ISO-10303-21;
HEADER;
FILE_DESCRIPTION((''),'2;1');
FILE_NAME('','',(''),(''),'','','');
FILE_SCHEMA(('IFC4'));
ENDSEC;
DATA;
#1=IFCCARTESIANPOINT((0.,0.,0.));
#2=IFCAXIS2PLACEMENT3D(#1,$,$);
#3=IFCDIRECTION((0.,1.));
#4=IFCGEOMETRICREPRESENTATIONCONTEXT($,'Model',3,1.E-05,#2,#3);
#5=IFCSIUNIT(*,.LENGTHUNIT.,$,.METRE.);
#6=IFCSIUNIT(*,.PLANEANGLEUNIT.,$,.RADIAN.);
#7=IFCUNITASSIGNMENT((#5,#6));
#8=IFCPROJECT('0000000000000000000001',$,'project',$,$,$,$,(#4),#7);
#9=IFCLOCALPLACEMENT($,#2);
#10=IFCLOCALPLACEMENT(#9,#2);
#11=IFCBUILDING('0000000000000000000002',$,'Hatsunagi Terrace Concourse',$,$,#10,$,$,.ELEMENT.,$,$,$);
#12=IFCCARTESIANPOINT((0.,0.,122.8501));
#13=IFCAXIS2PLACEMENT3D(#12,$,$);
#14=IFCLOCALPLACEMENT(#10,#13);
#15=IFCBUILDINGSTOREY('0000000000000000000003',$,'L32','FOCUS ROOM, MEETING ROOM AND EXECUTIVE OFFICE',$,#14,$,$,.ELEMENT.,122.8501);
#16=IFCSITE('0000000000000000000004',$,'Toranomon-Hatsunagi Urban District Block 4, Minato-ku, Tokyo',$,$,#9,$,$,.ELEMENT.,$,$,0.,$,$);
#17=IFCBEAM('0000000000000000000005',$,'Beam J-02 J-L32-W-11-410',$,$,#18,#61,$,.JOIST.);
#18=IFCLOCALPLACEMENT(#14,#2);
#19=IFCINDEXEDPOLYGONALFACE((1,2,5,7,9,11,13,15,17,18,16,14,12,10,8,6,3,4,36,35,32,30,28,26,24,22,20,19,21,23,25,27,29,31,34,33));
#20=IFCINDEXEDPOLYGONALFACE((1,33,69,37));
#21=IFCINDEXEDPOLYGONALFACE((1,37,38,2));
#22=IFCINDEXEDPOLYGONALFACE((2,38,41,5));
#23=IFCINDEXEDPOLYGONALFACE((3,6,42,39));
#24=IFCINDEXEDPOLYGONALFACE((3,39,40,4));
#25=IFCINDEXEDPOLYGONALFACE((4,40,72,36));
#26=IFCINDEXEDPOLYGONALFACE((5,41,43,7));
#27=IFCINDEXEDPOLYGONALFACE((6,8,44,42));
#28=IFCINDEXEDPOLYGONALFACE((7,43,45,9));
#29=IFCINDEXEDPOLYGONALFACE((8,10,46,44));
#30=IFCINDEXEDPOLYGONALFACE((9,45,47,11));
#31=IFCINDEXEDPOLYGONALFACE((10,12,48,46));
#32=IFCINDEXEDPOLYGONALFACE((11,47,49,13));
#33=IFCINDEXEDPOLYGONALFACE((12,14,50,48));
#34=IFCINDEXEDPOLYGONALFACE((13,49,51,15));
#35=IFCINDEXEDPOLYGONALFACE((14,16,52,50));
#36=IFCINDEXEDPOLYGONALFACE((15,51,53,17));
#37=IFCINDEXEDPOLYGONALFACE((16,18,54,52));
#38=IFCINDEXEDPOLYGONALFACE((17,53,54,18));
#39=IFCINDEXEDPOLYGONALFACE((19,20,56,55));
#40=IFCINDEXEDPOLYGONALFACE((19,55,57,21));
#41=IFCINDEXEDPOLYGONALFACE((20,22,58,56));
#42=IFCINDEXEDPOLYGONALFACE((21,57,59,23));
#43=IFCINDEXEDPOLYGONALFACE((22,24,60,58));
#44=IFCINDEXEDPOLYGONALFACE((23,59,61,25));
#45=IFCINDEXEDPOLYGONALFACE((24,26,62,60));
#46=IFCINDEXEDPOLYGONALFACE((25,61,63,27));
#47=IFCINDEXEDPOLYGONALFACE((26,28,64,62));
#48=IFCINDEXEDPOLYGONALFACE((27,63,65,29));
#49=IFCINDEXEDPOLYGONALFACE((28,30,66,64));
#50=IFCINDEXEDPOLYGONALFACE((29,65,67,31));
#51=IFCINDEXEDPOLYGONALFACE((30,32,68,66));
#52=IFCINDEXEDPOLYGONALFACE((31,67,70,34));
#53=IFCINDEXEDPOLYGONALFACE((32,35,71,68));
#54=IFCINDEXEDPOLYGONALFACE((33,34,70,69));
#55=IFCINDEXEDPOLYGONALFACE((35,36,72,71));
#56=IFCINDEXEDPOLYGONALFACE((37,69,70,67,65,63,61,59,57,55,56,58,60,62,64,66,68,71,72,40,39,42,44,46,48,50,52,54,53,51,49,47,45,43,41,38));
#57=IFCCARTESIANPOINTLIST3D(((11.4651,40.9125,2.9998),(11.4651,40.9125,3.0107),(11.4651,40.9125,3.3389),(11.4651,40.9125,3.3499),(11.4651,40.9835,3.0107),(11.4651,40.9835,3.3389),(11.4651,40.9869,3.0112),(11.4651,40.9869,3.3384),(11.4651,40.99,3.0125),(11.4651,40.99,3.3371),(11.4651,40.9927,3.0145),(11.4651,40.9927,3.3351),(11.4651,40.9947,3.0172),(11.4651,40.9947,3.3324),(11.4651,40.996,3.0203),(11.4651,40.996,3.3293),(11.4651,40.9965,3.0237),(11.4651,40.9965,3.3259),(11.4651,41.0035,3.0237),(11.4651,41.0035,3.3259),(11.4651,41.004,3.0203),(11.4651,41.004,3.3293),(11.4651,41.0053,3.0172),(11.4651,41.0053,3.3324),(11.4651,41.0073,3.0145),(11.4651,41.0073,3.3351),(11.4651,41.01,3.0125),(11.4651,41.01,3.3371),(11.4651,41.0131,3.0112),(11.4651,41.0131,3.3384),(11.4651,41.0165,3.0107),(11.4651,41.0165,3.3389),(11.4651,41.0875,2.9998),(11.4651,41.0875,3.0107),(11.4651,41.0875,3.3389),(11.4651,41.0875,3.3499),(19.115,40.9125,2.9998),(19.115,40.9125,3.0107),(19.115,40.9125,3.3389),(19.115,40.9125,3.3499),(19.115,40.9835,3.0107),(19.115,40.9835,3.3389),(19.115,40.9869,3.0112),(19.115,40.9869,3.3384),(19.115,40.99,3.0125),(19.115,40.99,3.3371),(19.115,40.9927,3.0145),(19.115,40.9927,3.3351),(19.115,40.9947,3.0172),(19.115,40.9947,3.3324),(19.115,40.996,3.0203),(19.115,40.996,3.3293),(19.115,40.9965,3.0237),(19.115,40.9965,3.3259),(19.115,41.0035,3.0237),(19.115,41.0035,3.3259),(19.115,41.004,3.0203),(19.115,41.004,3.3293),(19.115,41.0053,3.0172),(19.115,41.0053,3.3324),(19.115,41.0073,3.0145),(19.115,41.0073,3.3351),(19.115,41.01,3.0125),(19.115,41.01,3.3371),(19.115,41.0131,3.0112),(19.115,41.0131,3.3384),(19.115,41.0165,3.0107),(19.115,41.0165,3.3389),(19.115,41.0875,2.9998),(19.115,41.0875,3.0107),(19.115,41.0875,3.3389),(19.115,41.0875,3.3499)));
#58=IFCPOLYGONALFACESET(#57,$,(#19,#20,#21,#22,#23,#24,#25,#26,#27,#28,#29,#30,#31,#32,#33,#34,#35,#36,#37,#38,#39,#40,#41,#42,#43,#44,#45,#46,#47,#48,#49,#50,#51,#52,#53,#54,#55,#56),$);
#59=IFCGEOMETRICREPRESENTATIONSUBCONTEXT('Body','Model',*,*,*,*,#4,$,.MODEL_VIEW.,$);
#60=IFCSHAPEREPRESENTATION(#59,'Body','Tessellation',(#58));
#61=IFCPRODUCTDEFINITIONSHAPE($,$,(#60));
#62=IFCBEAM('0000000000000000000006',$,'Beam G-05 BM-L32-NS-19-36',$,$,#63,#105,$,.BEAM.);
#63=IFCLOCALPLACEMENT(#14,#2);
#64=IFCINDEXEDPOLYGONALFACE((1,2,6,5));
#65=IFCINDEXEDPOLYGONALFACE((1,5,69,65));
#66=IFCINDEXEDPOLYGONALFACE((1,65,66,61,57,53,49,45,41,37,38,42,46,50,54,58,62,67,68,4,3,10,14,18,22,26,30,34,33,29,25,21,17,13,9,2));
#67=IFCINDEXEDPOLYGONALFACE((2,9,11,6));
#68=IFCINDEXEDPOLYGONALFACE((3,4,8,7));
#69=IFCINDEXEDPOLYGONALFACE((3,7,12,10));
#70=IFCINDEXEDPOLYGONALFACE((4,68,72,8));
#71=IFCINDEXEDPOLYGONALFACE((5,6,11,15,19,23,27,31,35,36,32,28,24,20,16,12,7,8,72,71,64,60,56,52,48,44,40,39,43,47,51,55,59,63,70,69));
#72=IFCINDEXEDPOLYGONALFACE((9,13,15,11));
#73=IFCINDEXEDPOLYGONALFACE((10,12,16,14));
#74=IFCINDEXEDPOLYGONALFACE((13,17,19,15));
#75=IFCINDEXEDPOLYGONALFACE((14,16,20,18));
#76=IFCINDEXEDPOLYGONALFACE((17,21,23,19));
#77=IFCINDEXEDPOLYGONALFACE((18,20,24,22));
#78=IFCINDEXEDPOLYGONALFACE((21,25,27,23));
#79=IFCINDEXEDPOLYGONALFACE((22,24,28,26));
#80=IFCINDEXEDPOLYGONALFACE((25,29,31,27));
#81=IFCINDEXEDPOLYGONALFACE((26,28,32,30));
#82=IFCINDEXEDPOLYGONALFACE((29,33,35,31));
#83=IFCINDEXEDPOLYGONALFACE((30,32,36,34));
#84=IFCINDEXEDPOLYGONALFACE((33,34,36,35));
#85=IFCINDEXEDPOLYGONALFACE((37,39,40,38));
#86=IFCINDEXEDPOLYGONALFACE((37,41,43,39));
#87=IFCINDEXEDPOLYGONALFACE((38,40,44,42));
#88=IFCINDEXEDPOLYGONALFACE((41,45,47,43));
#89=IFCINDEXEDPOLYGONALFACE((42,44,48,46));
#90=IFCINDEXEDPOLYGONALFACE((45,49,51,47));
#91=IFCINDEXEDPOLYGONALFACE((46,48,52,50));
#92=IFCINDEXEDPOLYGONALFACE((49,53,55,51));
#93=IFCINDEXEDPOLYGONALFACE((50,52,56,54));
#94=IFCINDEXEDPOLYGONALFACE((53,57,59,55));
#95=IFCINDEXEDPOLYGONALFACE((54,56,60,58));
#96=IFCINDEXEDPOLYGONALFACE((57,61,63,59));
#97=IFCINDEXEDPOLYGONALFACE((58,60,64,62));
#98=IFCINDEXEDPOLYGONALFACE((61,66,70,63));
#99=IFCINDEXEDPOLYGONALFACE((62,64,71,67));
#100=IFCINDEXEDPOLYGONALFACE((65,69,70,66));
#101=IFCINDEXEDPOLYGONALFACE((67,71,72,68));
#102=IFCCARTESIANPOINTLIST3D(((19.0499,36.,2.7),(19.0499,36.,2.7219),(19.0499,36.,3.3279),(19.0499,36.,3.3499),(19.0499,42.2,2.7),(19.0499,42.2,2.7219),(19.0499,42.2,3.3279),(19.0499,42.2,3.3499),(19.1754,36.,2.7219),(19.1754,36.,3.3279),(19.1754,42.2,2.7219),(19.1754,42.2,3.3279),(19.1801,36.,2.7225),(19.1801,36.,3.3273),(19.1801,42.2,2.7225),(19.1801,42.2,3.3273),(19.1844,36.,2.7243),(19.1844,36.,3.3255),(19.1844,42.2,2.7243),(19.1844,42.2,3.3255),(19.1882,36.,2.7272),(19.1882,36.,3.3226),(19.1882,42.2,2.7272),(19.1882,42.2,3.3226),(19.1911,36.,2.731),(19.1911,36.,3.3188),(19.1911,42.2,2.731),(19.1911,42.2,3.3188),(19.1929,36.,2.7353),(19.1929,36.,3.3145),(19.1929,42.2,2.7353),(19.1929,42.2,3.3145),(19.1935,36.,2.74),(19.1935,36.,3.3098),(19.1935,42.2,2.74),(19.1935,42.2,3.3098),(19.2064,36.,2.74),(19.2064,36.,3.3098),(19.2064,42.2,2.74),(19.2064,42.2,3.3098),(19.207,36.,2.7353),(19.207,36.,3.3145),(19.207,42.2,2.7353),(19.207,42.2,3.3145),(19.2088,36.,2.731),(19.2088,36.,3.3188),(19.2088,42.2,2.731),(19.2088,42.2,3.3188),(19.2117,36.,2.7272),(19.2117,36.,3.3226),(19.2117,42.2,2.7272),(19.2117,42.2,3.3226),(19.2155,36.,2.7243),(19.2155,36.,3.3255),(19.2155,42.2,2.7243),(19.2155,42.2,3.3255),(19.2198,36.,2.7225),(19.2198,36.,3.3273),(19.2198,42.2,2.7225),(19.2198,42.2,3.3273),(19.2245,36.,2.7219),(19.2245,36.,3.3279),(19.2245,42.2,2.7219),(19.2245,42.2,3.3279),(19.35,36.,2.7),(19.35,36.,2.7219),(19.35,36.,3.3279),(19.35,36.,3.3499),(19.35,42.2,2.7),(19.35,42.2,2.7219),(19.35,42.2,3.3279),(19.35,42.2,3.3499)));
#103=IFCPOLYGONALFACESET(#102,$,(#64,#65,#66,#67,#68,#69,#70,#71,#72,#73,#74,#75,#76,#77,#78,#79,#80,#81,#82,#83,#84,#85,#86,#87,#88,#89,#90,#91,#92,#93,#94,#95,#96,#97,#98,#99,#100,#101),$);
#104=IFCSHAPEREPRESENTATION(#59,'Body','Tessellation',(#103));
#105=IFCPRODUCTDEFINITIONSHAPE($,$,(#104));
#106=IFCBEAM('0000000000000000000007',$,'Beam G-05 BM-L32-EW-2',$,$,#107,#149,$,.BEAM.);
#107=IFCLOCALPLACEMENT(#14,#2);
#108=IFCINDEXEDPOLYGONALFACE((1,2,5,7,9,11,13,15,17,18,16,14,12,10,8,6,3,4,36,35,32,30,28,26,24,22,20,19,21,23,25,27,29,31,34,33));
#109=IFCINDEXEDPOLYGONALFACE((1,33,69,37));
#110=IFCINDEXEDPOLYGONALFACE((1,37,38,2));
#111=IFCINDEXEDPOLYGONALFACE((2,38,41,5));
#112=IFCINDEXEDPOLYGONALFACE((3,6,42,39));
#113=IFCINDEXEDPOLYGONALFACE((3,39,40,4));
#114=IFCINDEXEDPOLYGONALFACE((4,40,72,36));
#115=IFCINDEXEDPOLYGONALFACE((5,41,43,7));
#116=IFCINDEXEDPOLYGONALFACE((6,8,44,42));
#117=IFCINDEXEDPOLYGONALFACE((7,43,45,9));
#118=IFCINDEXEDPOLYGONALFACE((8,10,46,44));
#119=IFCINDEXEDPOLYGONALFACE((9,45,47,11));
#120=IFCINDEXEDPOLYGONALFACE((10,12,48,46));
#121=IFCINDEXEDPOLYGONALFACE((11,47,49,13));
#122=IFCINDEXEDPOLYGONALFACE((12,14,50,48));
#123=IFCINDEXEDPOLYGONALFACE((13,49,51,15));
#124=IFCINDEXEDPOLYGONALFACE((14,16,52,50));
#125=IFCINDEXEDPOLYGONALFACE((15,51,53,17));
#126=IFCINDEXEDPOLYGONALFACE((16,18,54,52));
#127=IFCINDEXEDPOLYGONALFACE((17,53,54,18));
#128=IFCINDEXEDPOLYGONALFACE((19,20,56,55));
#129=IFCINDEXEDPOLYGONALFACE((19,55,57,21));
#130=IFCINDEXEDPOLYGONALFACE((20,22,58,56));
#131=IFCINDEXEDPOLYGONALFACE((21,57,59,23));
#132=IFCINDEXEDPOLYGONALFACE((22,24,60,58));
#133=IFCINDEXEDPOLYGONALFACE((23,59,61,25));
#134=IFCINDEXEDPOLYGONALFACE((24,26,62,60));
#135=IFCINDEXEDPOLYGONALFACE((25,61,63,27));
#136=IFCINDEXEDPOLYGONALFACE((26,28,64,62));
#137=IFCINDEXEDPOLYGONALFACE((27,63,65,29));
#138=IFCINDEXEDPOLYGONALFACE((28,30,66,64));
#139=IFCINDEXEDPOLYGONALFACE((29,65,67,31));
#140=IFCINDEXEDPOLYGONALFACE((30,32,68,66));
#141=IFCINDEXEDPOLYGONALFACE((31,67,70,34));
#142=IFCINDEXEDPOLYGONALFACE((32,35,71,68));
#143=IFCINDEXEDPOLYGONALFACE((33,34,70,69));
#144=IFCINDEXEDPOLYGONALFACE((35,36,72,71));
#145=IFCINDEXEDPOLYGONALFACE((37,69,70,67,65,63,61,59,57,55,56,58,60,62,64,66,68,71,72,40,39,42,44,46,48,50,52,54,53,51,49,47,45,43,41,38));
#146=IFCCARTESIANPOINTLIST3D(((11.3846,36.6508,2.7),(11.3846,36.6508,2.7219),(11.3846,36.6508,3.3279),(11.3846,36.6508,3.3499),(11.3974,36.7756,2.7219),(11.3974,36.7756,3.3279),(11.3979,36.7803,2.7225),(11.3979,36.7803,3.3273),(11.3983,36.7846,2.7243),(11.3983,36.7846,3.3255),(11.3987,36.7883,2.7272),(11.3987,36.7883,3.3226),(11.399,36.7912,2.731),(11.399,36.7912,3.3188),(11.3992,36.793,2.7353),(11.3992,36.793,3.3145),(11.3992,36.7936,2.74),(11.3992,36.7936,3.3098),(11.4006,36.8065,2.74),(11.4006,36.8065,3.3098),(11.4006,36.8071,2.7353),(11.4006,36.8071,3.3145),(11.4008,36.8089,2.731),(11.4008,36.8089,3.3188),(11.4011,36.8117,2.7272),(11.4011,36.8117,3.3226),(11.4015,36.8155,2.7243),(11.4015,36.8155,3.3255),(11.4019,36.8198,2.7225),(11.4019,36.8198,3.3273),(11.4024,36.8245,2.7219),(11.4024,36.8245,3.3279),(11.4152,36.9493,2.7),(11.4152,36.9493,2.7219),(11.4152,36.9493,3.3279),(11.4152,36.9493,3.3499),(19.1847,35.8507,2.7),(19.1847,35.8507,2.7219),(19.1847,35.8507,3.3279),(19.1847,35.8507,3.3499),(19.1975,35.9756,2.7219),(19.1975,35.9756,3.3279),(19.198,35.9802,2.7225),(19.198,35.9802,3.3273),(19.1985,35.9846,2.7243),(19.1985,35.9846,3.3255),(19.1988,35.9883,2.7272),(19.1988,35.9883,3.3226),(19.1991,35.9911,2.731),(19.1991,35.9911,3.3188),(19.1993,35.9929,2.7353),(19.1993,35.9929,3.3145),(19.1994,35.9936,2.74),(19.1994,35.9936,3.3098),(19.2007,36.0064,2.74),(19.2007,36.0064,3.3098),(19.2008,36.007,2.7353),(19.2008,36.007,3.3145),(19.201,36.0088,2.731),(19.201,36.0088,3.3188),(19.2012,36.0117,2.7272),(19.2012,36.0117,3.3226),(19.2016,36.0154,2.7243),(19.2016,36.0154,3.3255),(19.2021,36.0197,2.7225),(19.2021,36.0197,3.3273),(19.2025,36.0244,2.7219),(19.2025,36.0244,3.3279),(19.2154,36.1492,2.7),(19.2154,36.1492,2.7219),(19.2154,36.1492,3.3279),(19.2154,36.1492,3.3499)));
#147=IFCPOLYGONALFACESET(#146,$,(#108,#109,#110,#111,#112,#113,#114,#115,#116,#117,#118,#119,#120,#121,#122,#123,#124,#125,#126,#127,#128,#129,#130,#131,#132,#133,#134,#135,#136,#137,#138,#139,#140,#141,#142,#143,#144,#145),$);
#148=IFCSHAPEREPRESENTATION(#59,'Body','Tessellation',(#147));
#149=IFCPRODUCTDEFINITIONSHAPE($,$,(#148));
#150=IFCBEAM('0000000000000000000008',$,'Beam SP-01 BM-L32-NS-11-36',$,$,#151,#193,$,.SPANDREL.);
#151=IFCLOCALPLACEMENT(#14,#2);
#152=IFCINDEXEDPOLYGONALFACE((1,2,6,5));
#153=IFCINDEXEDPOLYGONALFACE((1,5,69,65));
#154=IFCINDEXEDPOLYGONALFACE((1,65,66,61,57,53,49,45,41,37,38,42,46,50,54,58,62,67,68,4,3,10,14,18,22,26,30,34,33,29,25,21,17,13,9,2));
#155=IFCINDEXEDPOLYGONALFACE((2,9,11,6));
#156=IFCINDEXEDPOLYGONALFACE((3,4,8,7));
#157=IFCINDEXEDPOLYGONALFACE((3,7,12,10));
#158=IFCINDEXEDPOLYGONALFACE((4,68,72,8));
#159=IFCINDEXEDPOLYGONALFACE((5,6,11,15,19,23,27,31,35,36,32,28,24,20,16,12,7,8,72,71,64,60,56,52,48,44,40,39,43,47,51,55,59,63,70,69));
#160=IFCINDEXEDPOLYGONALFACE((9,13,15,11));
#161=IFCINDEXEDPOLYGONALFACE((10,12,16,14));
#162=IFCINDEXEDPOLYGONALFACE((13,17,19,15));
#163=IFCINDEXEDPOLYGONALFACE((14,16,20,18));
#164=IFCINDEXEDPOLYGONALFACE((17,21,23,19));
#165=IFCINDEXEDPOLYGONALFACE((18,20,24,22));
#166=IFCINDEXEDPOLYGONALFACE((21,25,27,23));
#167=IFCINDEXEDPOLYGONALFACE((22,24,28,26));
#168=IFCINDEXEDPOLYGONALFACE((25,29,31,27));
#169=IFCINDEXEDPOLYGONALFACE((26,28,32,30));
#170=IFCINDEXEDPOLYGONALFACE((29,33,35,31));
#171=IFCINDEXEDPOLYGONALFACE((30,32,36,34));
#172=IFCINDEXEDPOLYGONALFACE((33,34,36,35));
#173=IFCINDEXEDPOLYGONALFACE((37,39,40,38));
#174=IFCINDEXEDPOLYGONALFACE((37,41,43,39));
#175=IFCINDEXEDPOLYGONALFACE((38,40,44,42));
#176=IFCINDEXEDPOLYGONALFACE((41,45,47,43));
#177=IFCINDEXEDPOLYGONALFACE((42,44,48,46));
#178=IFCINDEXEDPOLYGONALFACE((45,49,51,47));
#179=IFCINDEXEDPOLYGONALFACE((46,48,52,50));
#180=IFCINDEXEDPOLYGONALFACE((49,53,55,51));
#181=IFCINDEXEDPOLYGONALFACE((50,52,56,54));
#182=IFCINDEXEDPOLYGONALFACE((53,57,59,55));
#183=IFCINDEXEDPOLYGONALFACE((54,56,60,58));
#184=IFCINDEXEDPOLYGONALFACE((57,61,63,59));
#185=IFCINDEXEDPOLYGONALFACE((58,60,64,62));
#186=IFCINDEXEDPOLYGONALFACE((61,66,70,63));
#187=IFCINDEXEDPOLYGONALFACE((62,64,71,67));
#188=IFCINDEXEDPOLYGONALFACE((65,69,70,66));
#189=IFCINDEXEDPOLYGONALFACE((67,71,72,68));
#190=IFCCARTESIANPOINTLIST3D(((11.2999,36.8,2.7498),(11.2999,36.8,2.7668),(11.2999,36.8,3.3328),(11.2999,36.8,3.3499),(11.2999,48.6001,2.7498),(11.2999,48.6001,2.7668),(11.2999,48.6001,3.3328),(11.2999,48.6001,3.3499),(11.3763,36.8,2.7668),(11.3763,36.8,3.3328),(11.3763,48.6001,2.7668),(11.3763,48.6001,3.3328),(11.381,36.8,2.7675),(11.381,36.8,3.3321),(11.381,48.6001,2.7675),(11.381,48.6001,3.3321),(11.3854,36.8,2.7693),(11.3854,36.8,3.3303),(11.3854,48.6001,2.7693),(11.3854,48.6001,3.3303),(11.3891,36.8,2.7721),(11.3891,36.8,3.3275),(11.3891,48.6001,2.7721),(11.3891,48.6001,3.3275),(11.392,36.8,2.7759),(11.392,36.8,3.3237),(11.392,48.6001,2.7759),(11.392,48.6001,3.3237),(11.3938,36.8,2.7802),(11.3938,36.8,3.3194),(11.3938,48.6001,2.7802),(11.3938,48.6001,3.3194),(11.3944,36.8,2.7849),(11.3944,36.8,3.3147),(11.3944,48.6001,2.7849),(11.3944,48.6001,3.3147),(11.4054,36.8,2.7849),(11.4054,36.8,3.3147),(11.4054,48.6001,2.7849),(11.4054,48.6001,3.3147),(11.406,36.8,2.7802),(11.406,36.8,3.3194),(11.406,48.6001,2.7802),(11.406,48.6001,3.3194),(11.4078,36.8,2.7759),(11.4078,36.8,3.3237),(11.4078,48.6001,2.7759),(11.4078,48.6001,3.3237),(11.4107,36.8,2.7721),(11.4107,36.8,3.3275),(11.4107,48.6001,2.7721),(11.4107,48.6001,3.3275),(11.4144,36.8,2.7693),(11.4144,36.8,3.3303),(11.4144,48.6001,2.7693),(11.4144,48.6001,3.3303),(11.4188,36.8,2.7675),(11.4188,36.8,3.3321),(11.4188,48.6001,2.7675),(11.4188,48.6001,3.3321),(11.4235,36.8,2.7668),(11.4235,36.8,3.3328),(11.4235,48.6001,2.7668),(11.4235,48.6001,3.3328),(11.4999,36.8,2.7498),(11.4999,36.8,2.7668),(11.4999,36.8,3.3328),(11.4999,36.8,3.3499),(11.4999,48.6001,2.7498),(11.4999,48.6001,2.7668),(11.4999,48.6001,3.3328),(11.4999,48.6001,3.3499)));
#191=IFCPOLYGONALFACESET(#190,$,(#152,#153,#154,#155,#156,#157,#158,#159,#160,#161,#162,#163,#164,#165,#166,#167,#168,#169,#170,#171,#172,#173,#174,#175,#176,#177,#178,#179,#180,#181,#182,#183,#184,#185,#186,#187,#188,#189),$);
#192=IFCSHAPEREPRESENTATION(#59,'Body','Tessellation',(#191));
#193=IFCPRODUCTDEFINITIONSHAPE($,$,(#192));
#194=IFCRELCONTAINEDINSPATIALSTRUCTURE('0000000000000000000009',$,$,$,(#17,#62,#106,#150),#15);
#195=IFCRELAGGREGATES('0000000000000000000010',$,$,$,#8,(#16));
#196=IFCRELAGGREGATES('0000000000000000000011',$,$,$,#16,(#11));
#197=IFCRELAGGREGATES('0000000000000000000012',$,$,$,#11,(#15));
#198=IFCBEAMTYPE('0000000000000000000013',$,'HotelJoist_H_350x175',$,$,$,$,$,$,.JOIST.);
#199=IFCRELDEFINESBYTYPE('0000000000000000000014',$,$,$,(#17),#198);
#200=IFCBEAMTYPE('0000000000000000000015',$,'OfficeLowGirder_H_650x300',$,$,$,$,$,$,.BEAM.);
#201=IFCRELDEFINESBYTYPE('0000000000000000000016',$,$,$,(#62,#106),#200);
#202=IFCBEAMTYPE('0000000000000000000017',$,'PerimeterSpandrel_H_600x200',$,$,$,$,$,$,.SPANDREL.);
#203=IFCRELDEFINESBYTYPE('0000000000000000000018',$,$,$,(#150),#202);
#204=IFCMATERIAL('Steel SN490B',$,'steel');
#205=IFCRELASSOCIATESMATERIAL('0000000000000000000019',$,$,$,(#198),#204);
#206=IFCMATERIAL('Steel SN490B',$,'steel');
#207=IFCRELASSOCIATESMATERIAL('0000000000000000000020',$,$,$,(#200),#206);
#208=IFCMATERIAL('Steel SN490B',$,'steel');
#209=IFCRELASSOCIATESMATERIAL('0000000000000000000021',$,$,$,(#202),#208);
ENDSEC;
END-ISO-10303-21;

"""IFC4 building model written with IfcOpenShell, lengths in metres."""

from ifc_helpers import new_model, si_unit, direction, frame, origin, origin_2d, place, context, subcontext, project, spatial, i_section, extrude, material, material_profile, profile_set, type_object, element, save


model = new_model("IFC4")

# Units and contexts
model_context = context("Model", 3, precision=1e-05, world=origin(), true_north=direction((0.0, 1.0)))
body_context = subcontext(model_context, "Body", "Model", "MODEL_VIEW")
ifc_project = project(units=[si_unit("LENGTHUNIT", "METRE"), si_unit("PLANEANGLEUNIT", "RADIAN")], contexts=[model_context])

# Site, building, storey
site_placement = place(None, origin())
site = spatial("IfcSite", under=ifc_project, at=site_placement, Name="Toranomon-Hatsunagi Urban District Block 4, Minato-ku, Tokyo", CompositionType="ELEMENT", RefElevation=0.0)
building_placement = place(site_placement, origin())
building = spatial("IfcBuilding", under=site, at=building_placement, Name="Hatsunagi Terrace Concourse", CompositionType="ELEMENT")
storey_placement = place(building_placement, frame((0.0, 0.0, 122.8501)))
storey = spatial("IfcBuildingStorey", under=building, at=storey_placement, Name="L32", Description="FOCUS ROOM, MEETING ROOM AND EXECUTIVE OFFICE", CompositionType="ELEMENT", Elevation=122.8501)

# Beams
ifc_material_1 = material(Name="Steel SN490B", Category="steel")
ifc_material_profile_1 = material_profile(ifc_material_1, i_section(OverallWidth=0.175, OverallDepth=0.3501, WebThickness=0.0071, FlangeThickness=0.011, FilletRadius=0.0129, at=origin_2d()), Name="H-350x175x7x11")
ifc_profile_set_1 = profile_set([ifc_material_profile_1], Name="Steel SN490B")
beam_type_1 = type_object("IfcBeamType", Name="HotelJoist_H_350x175", PredefinedType="JOIST", material=ifc_profile_set_1)
for number, where, z_axis, x_axis, name in (
    (1, (11.4651, 41.0, 3.1748), (1.0, 0.0, 0.0), (0.0, 1.0, 0.0), "Beam J-02 J-L32-W-11-410"),
):
    element("IfcBeam", number, at=place(storey_placement, frame(where, z_axis=z_axis, x_axis=x_axis)), inside=storey, type_object=beam_type_1, Name=name, PredefinedType="JOIST", context=body_context, shape_type="SweptSolid", body=[
        extrude(i_section(OverallWidth=0.175, OverallDepth=0.3501, WebThickness=0.0071, FlangeThickness=0.011, FilletRadius=0.0129, at=origin_2d()), origin(), (0.0, 0.0, 1.0), 7.6499),
    ])
ifc_material_2 = material(Name="Steel SN490B", Category="steel")
ifc_material_profile_2 = material_profile(ifc_material_2, i_section(OverallWidth=0.3, OverallDepth=0.6499, WebThickness=0.0129, FlangeThickness=0.022, FilletRadius=0.0181, at=origin_2d()), Name="H-650x300x13x22")
ifc_profile_set_2 = profile_set([ifc_material_profile_2], Name="Steel SN490B")
beam_type_2 = type_object("IfcBeamType", Name="OfficeLowGirder_H_650x300", PredefinedType="BEAM", material=ifc_profile_set_2)
beam_1_placement = place(storey_placement, frame((19.2, 36.0, 3.0249), z_axis=(0.0, 1.0, 0.0), x_axis=(-1.0, 0.0, 0.0)))
element("IfcBeam", 2, at=beam_1_placement, inside=storey, type_object=beam_type_2, Name="Beam G-05 BM-L32-NS-19-36", PredefinedType="BEAM", context=body_context, shape_type="SweptSolid", body=[
    extrude(i_section(OverallWidth=0.3, OverallDepth=0.6499, WebThickness=0.0129, FlangeThickness=0.022, FilletRadius=0.0181, at=origin_2d()), origin(), (0.0, 0.0, 1.0), 6.2),
])
beam_2_placement = place(storey_placement, frame((11.3999, 36.8, 3.0249), z_axis=(0.994781, -0.102034, 0.0), x_axis=(0.102034, 0.994781, 0.0)))
element("IfcBeam", 3, at=beam_2_placement, inside=storey, type_object=beam_type_2, Name="Beam G-05 BM-L32-EW-2", PredefinedType="BEAM", context=body_context, shape_type="SweptSolid", body=[
    extrude(i_section(OverallWidth=0.3, OverallDepth=0.6499, WebThickness=0.0129, FlangeThickness=0.022, FilletRadius=0.0181, at=origin_2d()), origin(), (0.0, 0.0, 1.0), 7.8411),
])
ifc_material_3 = material(Name="Steel SN490B", Category="steel")
ifc_material_profile_3 = material_profile(ifc_material_3, i_section(OverallWidth=0.2, OverallDepth=0.6001, WebThickness=0.011, FlangeThickness=0.0171, FilletRadius=0.0181, at=origin_2d()), Name="H-600x200x11x17")
ifc_profile_set_3 = profile_set([ifc_material_profile_3], Name="Steel SN490B")
beam_type_3 = type_object("IfcBeamType", Name="PerimeterSpandrel_H_600x200", PredefinedType="SPANDREL", material=ifc_profile_set_3)
beam_3_placement = place(storey_placement, frame((11.3999, 36.8, 3.0498), z_axis=(0.0, 1.0, 0.0), x_axis=(-1.0, 0.0, 0.0)))
element("IfcBeam", 4, at=beam_3_placement, inside=storey, type_object=beam_type_3, Name="Beam SP-01 BM-L32-NS-11-36", PredefinedType="SPANDREL", context=body_context, shape_type="SweptSolid", body=[
    extrude(i_section(OverallWidth=0.2, OverallDepth=0.6001, WebThickness=0.011, FlangeThickness=0.0171, FilletRadius=0.0181, at=origin_2d()), origin(), (0.0, 0.0, 1.0), 11.8),
])

save(model, "model.ifc")
